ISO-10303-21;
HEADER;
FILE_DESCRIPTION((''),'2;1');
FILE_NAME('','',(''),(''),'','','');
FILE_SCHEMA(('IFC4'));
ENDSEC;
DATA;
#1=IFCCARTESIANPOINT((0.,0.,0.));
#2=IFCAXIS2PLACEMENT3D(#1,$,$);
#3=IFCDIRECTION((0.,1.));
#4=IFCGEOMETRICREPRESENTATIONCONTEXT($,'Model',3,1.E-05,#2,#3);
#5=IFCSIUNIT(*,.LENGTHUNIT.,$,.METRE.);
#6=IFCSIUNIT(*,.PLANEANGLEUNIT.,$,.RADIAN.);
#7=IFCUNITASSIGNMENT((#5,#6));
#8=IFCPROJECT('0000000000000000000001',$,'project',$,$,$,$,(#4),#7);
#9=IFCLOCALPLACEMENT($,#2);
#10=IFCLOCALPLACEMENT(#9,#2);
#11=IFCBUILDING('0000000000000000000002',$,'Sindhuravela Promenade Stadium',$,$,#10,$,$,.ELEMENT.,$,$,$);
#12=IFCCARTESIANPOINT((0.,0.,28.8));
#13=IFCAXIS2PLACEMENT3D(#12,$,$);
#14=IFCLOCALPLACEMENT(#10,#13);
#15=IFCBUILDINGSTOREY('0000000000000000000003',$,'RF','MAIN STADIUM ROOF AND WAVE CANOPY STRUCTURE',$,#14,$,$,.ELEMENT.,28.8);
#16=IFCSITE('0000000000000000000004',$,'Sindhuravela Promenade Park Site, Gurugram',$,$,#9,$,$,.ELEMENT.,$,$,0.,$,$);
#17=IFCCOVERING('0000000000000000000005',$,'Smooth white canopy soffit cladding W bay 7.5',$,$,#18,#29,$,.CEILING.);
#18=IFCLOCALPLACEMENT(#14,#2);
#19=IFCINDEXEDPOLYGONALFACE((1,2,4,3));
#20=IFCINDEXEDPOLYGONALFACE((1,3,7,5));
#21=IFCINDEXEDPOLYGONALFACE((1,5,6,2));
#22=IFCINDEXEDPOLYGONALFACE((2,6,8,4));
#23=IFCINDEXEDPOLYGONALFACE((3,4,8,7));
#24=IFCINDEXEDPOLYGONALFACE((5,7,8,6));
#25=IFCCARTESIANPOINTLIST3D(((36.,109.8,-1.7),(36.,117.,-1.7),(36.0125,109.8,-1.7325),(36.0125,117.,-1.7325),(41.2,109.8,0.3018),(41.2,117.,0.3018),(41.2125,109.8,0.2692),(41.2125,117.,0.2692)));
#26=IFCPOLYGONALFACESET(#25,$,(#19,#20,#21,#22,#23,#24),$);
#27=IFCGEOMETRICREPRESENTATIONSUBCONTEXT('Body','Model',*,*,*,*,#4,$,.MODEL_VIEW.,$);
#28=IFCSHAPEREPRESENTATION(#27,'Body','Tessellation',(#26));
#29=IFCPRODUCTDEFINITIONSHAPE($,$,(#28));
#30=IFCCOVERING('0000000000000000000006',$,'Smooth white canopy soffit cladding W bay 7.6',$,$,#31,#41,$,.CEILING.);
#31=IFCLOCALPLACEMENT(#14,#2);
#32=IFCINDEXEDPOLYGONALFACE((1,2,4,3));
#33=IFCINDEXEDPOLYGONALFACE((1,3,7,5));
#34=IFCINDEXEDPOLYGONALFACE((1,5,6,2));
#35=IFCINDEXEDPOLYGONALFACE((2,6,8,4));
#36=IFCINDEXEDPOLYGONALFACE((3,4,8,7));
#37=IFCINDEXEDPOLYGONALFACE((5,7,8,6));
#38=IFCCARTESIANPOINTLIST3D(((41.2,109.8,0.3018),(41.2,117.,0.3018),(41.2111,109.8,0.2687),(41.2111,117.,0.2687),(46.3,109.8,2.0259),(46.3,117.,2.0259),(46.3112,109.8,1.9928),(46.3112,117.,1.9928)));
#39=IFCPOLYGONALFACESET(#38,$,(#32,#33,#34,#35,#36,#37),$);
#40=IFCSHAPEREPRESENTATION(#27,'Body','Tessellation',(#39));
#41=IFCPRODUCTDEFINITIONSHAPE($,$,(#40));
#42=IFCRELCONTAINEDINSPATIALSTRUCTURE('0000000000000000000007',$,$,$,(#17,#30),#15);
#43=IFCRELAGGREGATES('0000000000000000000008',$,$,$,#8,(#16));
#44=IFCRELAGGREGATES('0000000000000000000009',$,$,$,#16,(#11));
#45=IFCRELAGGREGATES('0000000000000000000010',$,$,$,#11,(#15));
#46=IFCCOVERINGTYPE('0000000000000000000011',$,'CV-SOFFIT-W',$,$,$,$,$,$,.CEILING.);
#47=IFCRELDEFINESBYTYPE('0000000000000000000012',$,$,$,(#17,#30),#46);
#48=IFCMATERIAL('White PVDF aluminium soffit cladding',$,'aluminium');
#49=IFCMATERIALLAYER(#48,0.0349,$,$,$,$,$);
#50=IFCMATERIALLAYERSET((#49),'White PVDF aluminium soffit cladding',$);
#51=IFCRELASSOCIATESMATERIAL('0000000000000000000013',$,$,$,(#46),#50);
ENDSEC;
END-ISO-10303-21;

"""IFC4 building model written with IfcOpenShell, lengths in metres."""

from ifc_helpers import new_model, si_unit, direction, frame, origin, place, context, subcontext, project, spatial, polyline, outline, extrude, material, layer, layer_set, type_object, element, save


model = new_model("IFC4")

# Units and contexts
model_context = context("Model", 3, precision=1e-05, world=origin(), true_north=direction((0.0, 1.0)))
body_context = subcontext(model_context, "Body", "Model", "MODEL_VIEW")
ifc_project = project(units=[si_unit("LENGTHUNIT", "METRE"), si_unit("PLANEANGLEUNIT", "RADIAN")], contexts=[model_context])

# Site, building, storey
site_placement = place(None, origin())
site = spatial("IfcSite", under=ifc_project, at=site_placement, Name="Sindhuravela Promenade Park Site, Gurugram", CompositionType="ELEMENT", RefElevation=0.0)
building_placement = place(site_placement, origin())
building = spatial("IfcBuilding", under=site, at=building_placement, Name="Sindhuravela Promenade Stadium", CompositionType="ELEMENT")
storey_placement = place(building_placement, frame((0.0, 0.0, 28.8)))
storey = spatial("IfcBuildingStorey", under=building, at=storey_placement, Name="RF", Description="MAIN STADIUM ROOF AND WAVE CANOPY STRUCTURE", CompositionType="ELEMENT", Elevation=28.8)

# Coverings
ifc_material_1 = material(Name="White PVDF aluminium soffit cladding", Category="aluminium")
ifc_layer_1 = layer(ifc_material_1, 0.0349)
ifc_layer_set_1 = layer_set([ifc_layer_1], Name="White PVDF aluminium soffit cladding")
covering_type_1 = type_object("IfcCoveringType", Name="CV-SOFFIT-W", PredefinedType="CEILING", material=ifc_layer_set_1)
covering_1_placement = place(storey_placement, frame((36.0, 109.8, -1.7), z_axis=(-0.359249, 0.0, 0.933242), x_axis=(0.0, 1.0, 0.0)))
element("IfcCovering", 1, at=covering_1_placement, inside=storey, type_object=covering_type_1, Name="Smooth white canopy soffit cladding W bay 7.5", PredefinedType="CEILING", context=body_context, shape_type="SweptSolid", body=[
    extrude(outline(polyline([(0.0, 0.0), (0.0, -5.5719), (7.2, -5.5719), (7.2, 0.0), (0.0, 0.0)])), origin(), (0.0, 0.0, -1.0), 0.0349),
])
covering_2_placement = place(storey_placement, frame((41.2, 109.8, 0.3018), z_axis=(-0.320252, 0.0, 0.947332), x_axis=(0.0, 1.0, 0.0)))
element("IfcCovering", 2, at=covering_2_placement, inside=storey, type_object=covering_type_1, Name="Smooth white canopy soffit cladding W bay 7.6", PredefinedType="CEILING", context=body_context, shape_type="SweptSolid", body=[
    extrude(outline(polyline([(0.0, 0.0), (0.0, -5.3836), (7.2, -5.3836), (7.2, 0.0), (0.0, 0.0)])), origin(), (0.0, 0.0, -1.0), 0.0349),
])

save(model, "model.ifc")
